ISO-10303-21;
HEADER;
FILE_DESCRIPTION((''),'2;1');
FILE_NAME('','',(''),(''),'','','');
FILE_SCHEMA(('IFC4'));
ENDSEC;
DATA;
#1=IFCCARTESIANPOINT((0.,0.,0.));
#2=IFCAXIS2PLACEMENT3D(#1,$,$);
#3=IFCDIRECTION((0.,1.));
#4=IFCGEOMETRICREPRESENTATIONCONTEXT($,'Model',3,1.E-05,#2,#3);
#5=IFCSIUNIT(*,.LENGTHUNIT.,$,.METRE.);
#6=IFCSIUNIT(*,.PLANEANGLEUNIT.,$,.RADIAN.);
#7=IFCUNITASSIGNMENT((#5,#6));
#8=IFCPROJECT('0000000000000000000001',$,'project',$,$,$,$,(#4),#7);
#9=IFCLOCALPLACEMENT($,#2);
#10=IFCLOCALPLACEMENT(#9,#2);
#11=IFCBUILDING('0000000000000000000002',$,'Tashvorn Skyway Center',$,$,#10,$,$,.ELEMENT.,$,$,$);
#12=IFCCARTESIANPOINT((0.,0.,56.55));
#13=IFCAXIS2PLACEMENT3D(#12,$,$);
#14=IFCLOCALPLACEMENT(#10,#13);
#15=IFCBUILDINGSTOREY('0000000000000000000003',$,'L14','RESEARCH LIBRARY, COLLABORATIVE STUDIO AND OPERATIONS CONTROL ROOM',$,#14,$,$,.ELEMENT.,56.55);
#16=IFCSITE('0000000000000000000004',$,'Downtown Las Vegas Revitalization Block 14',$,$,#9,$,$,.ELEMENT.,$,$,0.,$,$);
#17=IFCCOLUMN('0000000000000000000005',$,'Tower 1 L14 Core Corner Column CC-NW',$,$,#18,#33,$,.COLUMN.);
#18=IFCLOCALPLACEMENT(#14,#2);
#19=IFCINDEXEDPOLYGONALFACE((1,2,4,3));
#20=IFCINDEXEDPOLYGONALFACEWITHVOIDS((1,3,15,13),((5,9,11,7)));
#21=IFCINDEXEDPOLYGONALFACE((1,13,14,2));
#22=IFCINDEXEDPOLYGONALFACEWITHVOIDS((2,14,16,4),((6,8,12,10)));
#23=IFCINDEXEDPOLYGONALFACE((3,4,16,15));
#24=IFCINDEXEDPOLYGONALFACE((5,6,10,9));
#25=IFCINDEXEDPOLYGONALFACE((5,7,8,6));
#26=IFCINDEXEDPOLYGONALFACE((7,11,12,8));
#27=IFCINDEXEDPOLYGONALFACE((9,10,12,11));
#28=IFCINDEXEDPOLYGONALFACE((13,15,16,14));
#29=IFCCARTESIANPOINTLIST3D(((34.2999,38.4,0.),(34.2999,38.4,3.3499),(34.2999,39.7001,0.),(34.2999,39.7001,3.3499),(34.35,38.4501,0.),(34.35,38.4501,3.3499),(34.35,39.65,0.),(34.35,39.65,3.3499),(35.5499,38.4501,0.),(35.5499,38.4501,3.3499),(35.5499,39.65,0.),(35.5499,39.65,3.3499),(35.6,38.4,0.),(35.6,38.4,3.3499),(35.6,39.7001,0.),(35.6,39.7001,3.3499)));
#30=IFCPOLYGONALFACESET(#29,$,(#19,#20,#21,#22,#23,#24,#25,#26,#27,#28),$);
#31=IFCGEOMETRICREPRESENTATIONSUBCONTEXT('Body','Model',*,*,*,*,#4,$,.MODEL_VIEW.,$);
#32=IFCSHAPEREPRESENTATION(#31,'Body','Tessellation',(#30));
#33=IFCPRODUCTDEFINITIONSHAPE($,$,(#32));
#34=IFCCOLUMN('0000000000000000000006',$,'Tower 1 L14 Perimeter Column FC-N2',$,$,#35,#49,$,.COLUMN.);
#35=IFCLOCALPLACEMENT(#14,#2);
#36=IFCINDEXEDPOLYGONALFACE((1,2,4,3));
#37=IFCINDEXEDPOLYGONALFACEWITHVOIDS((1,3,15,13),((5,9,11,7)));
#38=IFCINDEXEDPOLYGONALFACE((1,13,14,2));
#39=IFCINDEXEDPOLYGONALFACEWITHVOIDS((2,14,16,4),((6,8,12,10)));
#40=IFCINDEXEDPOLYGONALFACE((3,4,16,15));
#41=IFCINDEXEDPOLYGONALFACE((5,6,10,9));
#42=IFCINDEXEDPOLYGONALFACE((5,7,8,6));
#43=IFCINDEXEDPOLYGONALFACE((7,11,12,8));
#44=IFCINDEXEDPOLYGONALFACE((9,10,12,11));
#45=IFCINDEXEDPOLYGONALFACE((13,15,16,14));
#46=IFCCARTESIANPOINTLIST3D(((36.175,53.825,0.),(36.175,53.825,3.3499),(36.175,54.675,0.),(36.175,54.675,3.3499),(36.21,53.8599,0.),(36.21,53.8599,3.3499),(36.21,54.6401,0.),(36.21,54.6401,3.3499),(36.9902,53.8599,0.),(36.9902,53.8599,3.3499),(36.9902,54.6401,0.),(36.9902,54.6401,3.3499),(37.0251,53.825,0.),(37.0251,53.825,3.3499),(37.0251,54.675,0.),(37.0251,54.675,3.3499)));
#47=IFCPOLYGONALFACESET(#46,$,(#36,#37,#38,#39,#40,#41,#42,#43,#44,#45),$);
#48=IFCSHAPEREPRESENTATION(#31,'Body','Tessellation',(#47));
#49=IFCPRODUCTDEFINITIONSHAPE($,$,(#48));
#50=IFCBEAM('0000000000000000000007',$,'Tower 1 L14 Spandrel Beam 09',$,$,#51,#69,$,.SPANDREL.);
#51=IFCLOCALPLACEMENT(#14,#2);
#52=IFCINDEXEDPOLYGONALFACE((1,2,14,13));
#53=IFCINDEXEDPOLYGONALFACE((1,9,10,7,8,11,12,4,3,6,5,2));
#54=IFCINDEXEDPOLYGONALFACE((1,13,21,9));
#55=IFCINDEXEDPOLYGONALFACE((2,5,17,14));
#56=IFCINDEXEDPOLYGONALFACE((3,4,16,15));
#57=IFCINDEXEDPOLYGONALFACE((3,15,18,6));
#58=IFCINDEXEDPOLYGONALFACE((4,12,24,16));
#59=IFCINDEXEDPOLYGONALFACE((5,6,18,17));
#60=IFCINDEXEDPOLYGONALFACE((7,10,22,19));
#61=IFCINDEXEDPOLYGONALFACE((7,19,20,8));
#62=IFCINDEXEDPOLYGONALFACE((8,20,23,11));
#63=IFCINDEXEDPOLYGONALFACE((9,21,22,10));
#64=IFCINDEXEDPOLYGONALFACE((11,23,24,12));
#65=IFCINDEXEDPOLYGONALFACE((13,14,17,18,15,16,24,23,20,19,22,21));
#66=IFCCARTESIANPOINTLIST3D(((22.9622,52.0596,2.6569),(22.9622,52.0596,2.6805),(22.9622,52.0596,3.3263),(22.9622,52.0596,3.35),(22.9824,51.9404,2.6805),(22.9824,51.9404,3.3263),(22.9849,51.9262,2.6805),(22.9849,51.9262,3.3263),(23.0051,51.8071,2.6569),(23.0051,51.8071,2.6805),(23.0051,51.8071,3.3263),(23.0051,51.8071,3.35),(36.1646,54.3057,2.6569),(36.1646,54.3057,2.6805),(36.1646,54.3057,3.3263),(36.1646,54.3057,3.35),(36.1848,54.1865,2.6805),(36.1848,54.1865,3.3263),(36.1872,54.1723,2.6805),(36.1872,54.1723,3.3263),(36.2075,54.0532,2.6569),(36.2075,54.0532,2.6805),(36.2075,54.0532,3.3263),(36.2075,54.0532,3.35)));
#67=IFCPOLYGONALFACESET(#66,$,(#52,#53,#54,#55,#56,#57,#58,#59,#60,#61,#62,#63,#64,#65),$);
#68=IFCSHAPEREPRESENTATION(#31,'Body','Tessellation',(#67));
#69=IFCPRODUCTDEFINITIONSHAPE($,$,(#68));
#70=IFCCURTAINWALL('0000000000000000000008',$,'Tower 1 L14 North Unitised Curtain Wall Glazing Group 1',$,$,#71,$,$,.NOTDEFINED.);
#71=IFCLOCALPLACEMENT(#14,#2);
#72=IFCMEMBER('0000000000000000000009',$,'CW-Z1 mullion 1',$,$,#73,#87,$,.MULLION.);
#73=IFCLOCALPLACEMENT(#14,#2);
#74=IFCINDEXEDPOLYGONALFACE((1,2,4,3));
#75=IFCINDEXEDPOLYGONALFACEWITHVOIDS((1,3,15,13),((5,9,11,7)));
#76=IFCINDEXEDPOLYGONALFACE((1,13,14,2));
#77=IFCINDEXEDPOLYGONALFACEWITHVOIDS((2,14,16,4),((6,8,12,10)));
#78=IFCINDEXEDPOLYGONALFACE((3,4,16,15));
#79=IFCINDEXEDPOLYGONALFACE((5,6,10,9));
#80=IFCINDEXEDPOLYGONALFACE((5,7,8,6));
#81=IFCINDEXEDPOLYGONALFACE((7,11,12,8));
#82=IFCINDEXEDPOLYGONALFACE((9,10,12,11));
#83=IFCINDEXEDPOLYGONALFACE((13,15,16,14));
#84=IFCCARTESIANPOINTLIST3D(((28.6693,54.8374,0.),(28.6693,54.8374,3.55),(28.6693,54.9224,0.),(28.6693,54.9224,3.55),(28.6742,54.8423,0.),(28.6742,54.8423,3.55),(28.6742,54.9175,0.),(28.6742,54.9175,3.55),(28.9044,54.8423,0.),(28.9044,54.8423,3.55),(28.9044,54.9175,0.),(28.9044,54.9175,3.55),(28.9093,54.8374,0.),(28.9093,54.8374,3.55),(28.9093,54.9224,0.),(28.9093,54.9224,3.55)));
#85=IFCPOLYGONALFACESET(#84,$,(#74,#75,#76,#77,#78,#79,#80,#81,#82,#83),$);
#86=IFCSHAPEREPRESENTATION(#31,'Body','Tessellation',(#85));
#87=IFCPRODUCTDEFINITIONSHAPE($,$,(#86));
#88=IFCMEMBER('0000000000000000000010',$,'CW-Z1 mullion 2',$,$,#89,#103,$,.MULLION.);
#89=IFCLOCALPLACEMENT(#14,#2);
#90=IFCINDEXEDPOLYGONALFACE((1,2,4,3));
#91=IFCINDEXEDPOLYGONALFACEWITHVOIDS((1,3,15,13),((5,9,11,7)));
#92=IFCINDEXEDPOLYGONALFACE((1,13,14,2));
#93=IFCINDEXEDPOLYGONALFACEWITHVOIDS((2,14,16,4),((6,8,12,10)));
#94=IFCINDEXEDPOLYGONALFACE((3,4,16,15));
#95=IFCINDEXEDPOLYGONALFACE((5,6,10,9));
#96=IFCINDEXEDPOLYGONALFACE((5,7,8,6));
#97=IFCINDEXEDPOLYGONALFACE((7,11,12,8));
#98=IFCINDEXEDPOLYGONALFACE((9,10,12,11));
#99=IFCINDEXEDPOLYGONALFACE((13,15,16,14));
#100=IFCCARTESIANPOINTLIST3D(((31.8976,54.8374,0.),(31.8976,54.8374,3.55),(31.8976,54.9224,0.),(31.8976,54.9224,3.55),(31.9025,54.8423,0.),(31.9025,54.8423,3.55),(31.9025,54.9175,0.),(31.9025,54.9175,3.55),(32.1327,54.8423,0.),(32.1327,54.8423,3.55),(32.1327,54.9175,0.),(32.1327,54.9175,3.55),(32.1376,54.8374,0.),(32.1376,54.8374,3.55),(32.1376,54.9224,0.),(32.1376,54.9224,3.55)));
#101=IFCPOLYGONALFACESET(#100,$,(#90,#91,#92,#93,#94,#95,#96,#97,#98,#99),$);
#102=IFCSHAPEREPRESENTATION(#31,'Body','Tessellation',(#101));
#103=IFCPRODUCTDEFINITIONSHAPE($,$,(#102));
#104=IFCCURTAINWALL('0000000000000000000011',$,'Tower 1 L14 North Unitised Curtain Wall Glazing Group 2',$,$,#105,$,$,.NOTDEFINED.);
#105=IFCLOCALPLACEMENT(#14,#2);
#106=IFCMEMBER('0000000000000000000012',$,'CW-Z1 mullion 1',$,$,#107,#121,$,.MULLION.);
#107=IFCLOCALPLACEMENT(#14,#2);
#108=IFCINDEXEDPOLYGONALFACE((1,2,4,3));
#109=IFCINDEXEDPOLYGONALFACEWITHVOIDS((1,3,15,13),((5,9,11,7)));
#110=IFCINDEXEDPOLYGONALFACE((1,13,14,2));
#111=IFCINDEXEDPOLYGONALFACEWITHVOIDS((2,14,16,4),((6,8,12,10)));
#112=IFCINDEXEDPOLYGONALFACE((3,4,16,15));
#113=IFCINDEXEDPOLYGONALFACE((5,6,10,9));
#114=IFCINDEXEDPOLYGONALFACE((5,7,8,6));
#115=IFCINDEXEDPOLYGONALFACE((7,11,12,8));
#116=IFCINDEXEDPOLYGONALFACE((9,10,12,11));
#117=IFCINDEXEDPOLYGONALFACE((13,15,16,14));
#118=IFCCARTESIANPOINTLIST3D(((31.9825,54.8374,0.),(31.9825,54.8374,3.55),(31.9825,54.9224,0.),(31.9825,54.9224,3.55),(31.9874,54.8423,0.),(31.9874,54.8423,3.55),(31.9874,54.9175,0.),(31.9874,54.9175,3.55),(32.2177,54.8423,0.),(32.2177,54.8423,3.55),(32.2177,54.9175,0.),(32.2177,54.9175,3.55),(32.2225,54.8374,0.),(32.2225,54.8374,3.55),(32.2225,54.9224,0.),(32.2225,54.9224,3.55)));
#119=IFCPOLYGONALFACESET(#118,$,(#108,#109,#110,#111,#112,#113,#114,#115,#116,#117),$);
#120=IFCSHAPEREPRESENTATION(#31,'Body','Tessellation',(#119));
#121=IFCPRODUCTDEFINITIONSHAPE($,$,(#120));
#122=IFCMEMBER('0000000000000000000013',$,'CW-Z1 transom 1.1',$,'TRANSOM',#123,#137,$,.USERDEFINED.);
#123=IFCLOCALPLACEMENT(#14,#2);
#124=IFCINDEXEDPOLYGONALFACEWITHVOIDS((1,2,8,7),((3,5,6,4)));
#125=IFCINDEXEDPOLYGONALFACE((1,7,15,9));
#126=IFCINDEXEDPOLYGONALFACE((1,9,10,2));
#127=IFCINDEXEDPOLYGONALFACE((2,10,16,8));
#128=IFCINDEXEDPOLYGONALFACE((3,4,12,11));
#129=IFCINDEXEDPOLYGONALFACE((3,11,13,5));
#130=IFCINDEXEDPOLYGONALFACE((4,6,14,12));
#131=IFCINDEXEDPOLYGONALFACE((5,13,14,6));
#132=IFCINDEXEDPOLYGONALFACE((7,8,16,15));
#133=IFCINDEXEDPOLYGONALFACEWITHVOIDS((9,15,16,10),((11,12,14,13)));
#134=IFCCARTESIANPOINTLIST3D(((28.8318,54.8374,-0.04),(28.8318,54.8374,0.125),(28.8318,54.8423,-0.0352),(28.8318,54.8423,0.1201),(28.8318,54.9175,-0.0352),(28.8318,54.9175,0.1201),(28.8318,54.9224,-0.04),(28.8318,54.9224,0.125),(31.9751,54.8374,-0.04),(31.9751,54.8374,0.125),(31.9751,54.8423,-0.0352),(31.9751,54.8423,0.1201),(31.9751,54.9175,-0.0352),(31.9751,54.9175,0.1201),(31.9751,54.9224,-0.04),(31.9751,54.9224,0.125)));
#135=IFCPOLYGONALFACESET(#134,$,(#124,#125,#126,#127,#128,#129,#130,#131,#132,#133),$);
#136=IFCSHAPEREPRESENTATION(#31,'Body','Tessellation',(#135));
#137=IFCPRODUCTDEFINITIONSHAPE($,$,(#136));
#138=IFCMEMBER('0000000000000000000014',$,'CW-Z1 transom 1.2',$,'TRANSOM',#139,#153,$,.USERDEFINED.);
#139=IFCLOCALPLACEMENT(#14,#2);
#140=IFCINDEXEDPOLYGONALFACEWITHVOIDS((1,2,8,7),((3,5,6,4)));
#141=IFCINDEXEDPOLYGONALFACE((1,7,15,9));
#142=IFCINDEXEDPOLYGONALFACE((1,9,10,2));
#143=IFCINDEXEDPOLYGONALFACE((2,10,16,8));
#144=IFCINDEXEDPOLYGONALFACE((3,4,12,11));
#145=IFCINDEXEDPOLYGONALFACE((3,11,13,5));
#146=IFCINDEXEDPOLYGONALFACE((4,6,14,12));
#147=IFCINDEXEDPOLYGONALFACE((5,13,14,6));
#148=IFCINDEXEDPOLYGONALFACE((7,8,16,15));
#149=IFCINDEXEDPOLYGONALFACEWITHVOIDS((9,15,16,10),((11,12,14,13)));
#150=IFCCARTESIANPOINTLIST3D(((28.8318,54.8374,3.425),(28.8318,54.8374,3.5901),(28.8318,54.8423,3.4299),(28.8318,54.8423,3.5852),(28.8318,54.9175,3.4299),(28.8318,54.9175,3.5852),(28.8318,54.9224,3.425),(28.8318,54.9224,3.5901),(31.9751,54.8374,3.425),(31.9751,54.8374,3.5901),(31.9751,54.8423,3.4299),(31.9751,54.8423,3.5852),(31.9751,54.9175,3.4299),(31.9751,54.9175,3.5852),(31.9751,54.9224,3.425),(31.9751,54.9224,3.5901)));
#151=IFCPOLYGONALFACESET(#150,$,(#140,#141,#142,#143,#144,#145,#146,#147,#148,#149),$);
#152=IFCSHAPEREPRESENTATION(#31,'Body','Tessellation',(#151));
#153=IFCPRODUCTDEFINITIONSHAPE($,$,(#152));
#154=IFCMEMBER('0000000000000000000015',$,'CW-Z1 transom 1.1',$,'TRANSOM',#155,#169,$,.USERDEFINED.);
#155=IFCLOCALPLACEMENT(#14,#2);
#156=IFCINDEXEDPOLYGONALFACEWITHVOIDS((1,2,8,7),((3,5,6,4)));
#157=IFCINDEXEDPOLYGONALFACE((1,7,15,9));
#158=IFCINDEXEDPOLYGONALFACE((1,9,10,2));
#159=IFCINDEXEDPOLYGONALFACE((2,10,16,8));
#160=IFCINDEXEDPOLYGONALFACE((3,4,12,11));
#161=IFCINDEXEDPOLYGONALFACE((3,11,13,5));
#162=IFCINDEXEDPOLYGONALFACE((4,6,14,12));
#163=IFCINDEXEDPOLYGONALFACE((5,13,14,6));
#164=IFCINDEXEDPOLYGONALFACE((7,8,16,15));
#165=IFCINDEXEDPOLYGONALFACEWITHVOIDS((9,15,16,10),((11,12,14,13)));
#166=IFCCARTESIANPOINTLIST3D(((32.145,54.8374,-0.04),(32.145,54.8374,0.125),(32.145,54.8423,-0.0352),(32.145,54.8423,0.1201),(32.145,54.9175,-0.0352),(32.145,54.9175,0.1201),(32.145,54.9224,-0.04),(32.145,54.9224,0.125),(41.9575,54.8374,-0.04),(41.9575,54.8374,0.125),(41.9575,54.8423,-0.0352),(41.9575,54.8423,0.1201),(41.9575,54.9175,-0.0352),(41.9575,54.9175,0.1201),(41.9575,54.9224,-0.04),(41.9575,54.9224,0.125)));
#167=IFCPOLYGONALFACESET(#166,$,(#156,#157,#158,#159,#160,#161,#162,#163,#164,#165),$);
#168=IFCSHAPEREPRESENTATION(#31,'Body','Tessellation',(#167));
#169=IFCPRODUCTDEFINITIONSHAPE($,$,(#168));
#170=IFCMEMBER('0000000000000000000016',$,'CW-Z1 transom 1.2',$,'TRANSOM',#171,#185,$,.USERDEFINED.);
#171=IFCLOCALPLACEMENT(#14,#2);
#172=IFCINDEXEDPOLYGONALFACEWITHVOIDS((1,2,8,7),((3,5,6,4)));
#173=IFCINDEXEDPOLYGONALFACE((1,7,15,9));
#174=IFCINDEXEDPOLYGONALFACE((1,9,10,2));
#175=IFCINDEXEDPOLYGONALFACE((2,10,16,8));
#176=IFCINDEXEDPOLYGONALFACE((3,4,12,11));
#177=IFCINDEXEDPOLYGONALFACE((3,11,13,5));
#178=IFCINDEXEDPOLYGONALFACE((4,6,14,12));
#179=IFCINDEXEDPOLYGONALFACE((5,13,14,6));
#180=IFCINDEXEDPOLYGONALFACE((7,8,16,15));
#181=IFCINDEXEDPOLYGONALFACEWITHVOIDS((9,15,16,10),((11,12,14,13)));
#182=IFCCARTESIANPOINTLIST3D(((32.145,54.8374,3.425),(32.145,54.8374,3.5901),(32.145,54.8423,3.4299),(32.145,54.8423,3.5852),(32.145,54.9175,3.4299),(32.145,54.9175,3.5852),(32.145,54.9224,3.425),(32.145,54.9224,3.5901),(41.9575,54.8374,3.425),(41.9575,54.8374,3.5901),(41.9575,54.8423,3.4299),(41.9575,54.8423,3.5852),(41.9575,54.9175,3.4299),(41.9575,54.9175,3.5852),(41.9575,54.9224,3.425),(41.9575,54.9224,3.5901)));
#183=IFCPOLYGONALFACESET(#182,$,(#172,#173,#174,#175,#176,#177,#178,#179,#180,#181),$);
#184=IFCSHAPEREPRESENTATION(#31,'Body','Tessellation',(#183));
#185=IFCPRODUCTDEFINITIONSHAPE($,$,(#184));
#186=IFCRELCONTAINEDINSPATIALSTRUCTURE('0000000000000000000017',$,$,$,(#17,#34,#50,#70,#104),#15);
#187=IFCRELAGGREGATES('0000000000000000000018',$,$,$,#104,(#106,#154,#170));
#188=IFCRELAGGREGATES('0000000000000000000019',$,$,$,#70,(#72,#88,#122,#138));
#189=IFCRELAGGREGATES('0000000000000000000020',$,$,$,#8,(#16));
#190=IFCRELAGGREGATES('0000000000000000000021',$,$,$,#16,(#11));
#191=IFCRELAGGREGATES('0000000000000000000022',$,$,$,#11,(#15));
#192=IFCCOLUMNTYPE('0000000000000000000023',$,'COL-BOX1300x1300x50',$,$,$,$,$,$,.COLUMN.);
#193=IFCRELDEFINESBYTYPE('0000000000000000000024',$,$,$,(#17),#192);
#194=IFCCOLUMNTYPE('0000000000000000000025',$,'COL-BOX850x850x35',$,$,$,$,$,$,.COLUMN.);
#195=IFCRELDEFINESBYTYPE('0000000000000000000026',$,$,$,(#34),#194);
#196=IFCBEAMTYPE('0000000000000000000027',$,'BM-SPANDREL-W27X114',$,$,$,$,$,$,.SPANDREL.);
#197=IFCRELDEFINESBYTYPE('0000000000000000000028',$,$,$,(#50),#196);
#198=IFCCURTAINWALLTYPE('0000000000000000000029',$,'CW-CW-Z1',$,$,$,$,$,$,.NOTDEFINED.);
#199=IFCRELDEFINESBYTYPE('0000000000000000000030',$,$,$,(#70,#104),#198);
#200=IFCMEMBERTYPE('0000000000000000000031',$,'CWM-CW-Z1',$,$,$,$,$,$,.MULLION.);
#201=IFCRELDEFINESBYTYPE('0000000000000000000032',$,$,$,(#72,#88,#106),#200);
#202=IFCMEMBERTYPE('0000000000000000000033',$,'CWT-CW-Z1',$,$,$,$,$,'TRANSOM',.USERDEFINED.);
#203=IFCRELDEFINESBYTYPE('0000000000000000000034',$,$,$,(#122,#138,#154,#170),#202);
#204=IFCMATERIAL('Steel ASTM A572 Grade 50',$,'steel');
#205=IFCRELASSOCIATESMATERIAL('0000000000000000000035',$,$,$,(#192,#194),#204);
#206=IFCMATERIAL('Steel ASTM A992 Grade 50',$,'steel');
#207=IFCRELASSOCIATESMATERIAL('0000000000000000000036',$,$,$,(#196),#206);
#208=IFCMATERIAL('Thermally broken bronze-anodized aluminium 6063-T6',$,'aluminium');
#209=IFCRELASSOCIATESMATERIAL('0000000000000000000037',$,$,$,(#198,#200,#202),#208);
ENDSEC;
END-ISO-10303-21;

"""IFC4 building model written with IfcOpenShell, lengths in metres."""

from ifc_helpers import new_model, si_unit, direction, frame, origin, origin_2d, place, context, subcontext, project, spatial, hollow_rectangle, i_section, extrude, material, material_profile, profile_set, type_object, element, aggregate, save


model = new_model("IFC4")

# Units and contexts
model_context = context("Model", 3, precision=1e-05, world=origin(), true_north=direction((0.0, 1.0)))
body_context = subcontext(model_context, "Body", "Model", "MODEL_VIEW")
ifc_project = project(units=[si_unit("LENGTHUNIT", "METRE"), si_unit("PLANEANGLEUNIT", "RADIAN")], contexts=[model_context])

# Site, building, storey
site_placement = place(None, origin())
site = spatial("IfcSite", under=ifc_project, at=site_placement, Name="Downtown Las Vegas Revitalization Block 14", CompositionType="ELEMENT", RefElevation=0.0)
building_placement = place(site_placement, origin())
building = spatial("IfcBuilding", under=site, at=building_placement, Name="Tashvorn Skyway Center", CompositionType="ELEMENT")
storey_placement = place(building_placement, frame((0.0, 0.0, 56.55)))
storey = spatial("IfcBuildingStorey", under=building, at=storey_placement, Name="L14", Description="RESEARCH LIBRARY, COLLABORATIVE STUDIO AND OPERATIONS CONTROL ROOM", CompositionType="ELEMENT", Elevation=56.55)

# Columns
ifc_material_1 = material(Name="Steel ASTM A572 Grade 50", Category="steel")
ifc_material_profile_1 = material_profile(ifc_material_1, hollow_rectangle(XDim=1.3, YDim=1.3, WallThickness=0.05, at=origin_2d()), Name="BOX1300x1300x50")
ifc_profile_set_1 = profile_set([ifc_material_profile_1], Name="Steel ASTM A572 Grade 50")
column_type_1 = type_object("IfcColumnType", Name="COL-BOX1300x1300x50", PredefinedType="COLUMN", material=ifc_profile_set_1)
column_1_placement = place(storey_placement, frame((34.95, 39.05, 0.0), z_axis=(0.0, 0.0, 1.0), x_axis=(1.0, 0.0, 0.0)))
element("IfcColumn", 1, at=column_1_placement, inside=storey, type_object=column_type_1, Name="Tower 1 L14 Core Corner Column CC-NW", PredefinedType="COLUMN", context=body_context, shape_type="SweptSolid", body=[
    extrude(hollow_rectangle(XDim=1.3, YDim=1.3, WallThickness=0.05, at=origin_2d()), origin(), (0.0, 0.0, 1.0), 3.3499),
])
ifc_material_profile_2 = material_profile(ifc_material_1, hollow_rectangle(XDim=0.8501, YDim=0.8501, WallThickness=0.0349, at=origin_2d()), Name="BOX850x850x35")
ifc_profile_set_2 = profile_set([ifc_material_profile_2], Name="Steel ASTM A572 Grade 50")
column_type_2 = type_object("IfcColumnType", Name="COL-BOX850x850x35", PredefinedType="COLUMN", material=ifc_profile_set_2)
column_2_placement = place(storey_placement, frame((36.6001, 54.25, 0.0), z_axis=(0.0, 0.0, 1.0), x_axis=(1.0, 0.0, 0.0)))
element("IfcColumn", 2, at=column_2_placement, inside=storey, type_object=column_type_2, Name="Tower 1 L14 Perimeter Column FC-N2", PredefinedType="COLUMN", context=body_context, shape_type="SweptSolid", body=[
    extrude(hollow_rectangle(XDim=0.8501, YDim=0.8501, WallThickness=0.0349, at=origin_2d()), origin(), (0.0, 0.0, 1.0), 3.3499),
])

# Beam
ifc_material_2 = material(Name="Steel ASTM A992 Grade 50", Category="steel")
ifc_material_profile_3 = material_profile(ifc_material_2, i_section(OverallWidth=0.2561, OverallDepth=0.6931, WebThickness=0.0144, FlangeThickness=0.0237, at=origin_2d()), Name="W27X114")
ifc_profile_set_3 = profile_set([ifc_material_profile_3], Name="Steel ASTM A992 Grade 50")
beam_type = type_object("IfcBeamType", Name="BM-SPANDREL-W27X114", PredefinedType="SPANDREL", material=ifc_profile_set_3)
beam_placement = place(storey_placement, frame((36.186, 54.1794, 3.0034), z_axis=(-0.985835, -0.167718, 0.0), x_axis=(0.167718, -0.985835, 0.0)))
element("IfcBeam", 3, at=beam_placement, inside=storey, type_object=beam_type, Name="Tower 1 L14 Spandrel Beam 09", PredefinedType="SPANDREL", context=body_context, shape_type="SweptSolid", body=[
    extrude(i_section(OverallWidth=0.2561, OverallDepth=0.6931, WebThickness=0.0144, FlangeThickness=0.0237, at=origin_2d()), origin(), (0.0, 0.0, 1.0), 13.3921),
])

# Curtain wall, members
ifc_material_3 = material(Name="Thermally broken bronze-anodized aluminium 6063-T6", Category="aluminium")
curtain_wall_type = type_object("IfcCurtainWallType", Name="CW-CW-Z1", PredefinedType="NOTDEFINED", material=ifc_material_3)
curtain_wall_1_placement = place(storey_placement, origin())
curtain_wall_1 = element("IfcCurtainWall", 4, at=curtain_wall_1_placement, inside=storey, type_object=curtain_wall_type, Name="Tower 1 L14 North Unitised Curtain Wall Glazing Group 1", PredefinedType="NOTDEFINED")
ifc_material_profile_4 = material_profile(ifc_material_3, hollow_rectangle(XDim=0.085, YDim=0.24, WallThickness=0.0049, at=origin_2d()), Name="ALU-MULL-85x240")
ifc_profile_set_4 = profile_set([ifc_material_profile_4], Name="Thermally broken bronze-anodized aluminium 6063-T6")
member_type_1 = type_object("IfcMemberType", Name="CWM-CW-Z1", PredefinedType="MULLION", material=ifc_profile_set_4)
member_1_placement = place(storey_placement, frame((28.7893, 54.8799, 0.0), z_axis=(0.0, 0.0, 1.0), x_axis=(0.0, 1.0, 0.0)))
member_1 = element("IfcMember", 5, at=member_1_placement, type_object=member_type_1, Name="CW-Z1 mullion 1", PredefinedType="MULLION", context=body_context, shape_type="SweptSolid", body=[
    extrude(hollow_rectangle(XDim=0.085, YDim=0.24, WallThickness=0.0049, at=origin_2d()), origin(), (0.0, 0.0, 1.0), 3.55),
])
member_2_placement = place(storey_placement, frame((32.0176, 54.8799, 0.0), z_axis=(0.0, 0.0, 1.0), x_axis=(0.0, 1.0, 0.0)))
member_2 = element("IfcMember", 6, at=member_2_placement, type_object=member_type_1, Name="CW-Z1 mullion 2", PredefinedType="MULLION", context=body_context, shape_type="SweptSolid", body=[
    extrude(hollow_rectangle(XDim=0.085, YDim=0.24, WallThickness=0.0049, at=origin_2d()), origin(), (0.0, 0.0, 1.0), 3.55),
])

# Curtain wall, member
curtain_wall_2_placement = place(storey_placement, origin())
curtain_wall_2 = element("IfcCurtainWall", 7, at=curtain_wall_2_placement, inside=storey, type_object=curtain_wall_type, Name="Tower 1 L14 North Unitised Curtain Wall Glazing Group 2", PredefinedType="NOTDEFINED")
member_3_placement = place(storey_placement, frame((32.1025, 54.8799, 0.0), z_axis=(0.0, 0.0, 1.0), x_axis=(0.0, 1.0, 0.0)))
member_3 = element("IfcMember", 8, at=member_3_placement, type_object=member_type_1, Name="CW-Z1 mullion 1", PredefinedType="MULLION", context=body_context, shape_type="SweptSolid", body=[
    extrude(hollow_rectangle(XDim=0.085, YDim=0.24, WallThickness=0.0049, at=origin_2d()), origin(), (0.0, 0.0, 1.0), 3.55),
])

# Members
ifc_material_profile_5 = material_profile(ifc_material_3, hollow_rectangle(XDim=0.085, YDim=0.165, WallThickness=0.0049, at=origin_2d()), Name="ALU-TRAN-85x165")
ifc_profile_set_5 = profile_set([ifc_material_profile_5], Name="Thermally broken bronze-anodized aluminium 6063-T6")
member_type_2 = type_object("IfcMemberType", Name="CWT-CW-Z1", ElementType="TRANSOM", PredefinedType="USERDEFINED", material=ifc_profile_set_5)
member_4_placement = place(storey_placement, frame((28.8318, 54.8799, 0.0425), z_axis=(1.0, 0.0, 0.0), x_axis=(0.0, 1.0, 0.0)))
member_4 = element("IfcMember", 9, at=member_4_placement, type_object=member_type_2, Name="CW-Z1 transom 1.1", ObjectType="TRANSOM", PredefinedType="USERDEFINED", context=body_context, shape_type="SweptSolid", body=[
    extrude(hollow_rectangle(XDim=0.085, YDim=0.165, WallThickness=0.0049, at=origin_2d()), origin(), (0.0, 0.0, 1.0), 3.1433),
])
member_5_placement = place(storey_placement, frame((28.8318, 54.8799, 3.5076), z_axis=(1.0, 0.0, 0.0), x_axis=(0.0, 1.0, 0.0)))
member_5 = element("IfcMember", 10, at=member_5_placement, type_object=member_type_2, Name="CW-Z1 transom 1.2", ObjectType="TRANSOM", PredefinedType="USERDEFINED", context=body_context, shape_type="SweptSolid", body=[
    extrude(hollow_rectangle(XDim=0.085, YDim=0.165, WallThickness=0.0049, at=origin_2d()), origin(), (0.0, 0.0, 1.0), 3.1433),
])
member_6_placement = place(storey_placement, frame((32.145, 54.8799, 0.0425), z_axis=(1.0, 0.0, 0.0), x_axis=(0.0, 1.0, 0.0)))
member_6 = element("IfcMember", 11, at=member_6_placement, type_object=member_type_2, Name="CW-Z1 transom 1.1", ObjectType="TRANSOM", PredefinedType="USERDEFINED", context=body_context, shape_type="SweptSolid", body=[
    extrude(hollow_rectangle(XDim=0.085, YDim=0.165, WallThickness=0.0049, at=origin_2d()), origin(), (0.0, 0.0, 1.0), 9.8125),
])
member_7_placement = place(storey_placement, frame((32.145, 54.8799, 3.5076), z_axis=(1.0, 0.0, 0.0), x_axis=(0.0, 1.0, 0.0)))
member_7 = element("IfcMember", 12, at=member_7_placement, type_object=member_type_2, Name="CW-Z1 transom 1.2", ObjectType="TRANSOM", PredefinedType="USERDEFINED", context=body_context, shape_type="SweptSolid", body=[
    extrude(hollow_rectangle(XDim=0.085, YDim=0.165, WallThickness=0.0049, at=origin_2d()), origin(), (0.0, 0.0, 1.0), 9.8125),
])
aggregate(curtain_wall_2, [member_3, member_6, member_7])

aggregate(curtain_wall_1, [member_1, member_2, member_4, member_5])

save(model, "model.ifc")
